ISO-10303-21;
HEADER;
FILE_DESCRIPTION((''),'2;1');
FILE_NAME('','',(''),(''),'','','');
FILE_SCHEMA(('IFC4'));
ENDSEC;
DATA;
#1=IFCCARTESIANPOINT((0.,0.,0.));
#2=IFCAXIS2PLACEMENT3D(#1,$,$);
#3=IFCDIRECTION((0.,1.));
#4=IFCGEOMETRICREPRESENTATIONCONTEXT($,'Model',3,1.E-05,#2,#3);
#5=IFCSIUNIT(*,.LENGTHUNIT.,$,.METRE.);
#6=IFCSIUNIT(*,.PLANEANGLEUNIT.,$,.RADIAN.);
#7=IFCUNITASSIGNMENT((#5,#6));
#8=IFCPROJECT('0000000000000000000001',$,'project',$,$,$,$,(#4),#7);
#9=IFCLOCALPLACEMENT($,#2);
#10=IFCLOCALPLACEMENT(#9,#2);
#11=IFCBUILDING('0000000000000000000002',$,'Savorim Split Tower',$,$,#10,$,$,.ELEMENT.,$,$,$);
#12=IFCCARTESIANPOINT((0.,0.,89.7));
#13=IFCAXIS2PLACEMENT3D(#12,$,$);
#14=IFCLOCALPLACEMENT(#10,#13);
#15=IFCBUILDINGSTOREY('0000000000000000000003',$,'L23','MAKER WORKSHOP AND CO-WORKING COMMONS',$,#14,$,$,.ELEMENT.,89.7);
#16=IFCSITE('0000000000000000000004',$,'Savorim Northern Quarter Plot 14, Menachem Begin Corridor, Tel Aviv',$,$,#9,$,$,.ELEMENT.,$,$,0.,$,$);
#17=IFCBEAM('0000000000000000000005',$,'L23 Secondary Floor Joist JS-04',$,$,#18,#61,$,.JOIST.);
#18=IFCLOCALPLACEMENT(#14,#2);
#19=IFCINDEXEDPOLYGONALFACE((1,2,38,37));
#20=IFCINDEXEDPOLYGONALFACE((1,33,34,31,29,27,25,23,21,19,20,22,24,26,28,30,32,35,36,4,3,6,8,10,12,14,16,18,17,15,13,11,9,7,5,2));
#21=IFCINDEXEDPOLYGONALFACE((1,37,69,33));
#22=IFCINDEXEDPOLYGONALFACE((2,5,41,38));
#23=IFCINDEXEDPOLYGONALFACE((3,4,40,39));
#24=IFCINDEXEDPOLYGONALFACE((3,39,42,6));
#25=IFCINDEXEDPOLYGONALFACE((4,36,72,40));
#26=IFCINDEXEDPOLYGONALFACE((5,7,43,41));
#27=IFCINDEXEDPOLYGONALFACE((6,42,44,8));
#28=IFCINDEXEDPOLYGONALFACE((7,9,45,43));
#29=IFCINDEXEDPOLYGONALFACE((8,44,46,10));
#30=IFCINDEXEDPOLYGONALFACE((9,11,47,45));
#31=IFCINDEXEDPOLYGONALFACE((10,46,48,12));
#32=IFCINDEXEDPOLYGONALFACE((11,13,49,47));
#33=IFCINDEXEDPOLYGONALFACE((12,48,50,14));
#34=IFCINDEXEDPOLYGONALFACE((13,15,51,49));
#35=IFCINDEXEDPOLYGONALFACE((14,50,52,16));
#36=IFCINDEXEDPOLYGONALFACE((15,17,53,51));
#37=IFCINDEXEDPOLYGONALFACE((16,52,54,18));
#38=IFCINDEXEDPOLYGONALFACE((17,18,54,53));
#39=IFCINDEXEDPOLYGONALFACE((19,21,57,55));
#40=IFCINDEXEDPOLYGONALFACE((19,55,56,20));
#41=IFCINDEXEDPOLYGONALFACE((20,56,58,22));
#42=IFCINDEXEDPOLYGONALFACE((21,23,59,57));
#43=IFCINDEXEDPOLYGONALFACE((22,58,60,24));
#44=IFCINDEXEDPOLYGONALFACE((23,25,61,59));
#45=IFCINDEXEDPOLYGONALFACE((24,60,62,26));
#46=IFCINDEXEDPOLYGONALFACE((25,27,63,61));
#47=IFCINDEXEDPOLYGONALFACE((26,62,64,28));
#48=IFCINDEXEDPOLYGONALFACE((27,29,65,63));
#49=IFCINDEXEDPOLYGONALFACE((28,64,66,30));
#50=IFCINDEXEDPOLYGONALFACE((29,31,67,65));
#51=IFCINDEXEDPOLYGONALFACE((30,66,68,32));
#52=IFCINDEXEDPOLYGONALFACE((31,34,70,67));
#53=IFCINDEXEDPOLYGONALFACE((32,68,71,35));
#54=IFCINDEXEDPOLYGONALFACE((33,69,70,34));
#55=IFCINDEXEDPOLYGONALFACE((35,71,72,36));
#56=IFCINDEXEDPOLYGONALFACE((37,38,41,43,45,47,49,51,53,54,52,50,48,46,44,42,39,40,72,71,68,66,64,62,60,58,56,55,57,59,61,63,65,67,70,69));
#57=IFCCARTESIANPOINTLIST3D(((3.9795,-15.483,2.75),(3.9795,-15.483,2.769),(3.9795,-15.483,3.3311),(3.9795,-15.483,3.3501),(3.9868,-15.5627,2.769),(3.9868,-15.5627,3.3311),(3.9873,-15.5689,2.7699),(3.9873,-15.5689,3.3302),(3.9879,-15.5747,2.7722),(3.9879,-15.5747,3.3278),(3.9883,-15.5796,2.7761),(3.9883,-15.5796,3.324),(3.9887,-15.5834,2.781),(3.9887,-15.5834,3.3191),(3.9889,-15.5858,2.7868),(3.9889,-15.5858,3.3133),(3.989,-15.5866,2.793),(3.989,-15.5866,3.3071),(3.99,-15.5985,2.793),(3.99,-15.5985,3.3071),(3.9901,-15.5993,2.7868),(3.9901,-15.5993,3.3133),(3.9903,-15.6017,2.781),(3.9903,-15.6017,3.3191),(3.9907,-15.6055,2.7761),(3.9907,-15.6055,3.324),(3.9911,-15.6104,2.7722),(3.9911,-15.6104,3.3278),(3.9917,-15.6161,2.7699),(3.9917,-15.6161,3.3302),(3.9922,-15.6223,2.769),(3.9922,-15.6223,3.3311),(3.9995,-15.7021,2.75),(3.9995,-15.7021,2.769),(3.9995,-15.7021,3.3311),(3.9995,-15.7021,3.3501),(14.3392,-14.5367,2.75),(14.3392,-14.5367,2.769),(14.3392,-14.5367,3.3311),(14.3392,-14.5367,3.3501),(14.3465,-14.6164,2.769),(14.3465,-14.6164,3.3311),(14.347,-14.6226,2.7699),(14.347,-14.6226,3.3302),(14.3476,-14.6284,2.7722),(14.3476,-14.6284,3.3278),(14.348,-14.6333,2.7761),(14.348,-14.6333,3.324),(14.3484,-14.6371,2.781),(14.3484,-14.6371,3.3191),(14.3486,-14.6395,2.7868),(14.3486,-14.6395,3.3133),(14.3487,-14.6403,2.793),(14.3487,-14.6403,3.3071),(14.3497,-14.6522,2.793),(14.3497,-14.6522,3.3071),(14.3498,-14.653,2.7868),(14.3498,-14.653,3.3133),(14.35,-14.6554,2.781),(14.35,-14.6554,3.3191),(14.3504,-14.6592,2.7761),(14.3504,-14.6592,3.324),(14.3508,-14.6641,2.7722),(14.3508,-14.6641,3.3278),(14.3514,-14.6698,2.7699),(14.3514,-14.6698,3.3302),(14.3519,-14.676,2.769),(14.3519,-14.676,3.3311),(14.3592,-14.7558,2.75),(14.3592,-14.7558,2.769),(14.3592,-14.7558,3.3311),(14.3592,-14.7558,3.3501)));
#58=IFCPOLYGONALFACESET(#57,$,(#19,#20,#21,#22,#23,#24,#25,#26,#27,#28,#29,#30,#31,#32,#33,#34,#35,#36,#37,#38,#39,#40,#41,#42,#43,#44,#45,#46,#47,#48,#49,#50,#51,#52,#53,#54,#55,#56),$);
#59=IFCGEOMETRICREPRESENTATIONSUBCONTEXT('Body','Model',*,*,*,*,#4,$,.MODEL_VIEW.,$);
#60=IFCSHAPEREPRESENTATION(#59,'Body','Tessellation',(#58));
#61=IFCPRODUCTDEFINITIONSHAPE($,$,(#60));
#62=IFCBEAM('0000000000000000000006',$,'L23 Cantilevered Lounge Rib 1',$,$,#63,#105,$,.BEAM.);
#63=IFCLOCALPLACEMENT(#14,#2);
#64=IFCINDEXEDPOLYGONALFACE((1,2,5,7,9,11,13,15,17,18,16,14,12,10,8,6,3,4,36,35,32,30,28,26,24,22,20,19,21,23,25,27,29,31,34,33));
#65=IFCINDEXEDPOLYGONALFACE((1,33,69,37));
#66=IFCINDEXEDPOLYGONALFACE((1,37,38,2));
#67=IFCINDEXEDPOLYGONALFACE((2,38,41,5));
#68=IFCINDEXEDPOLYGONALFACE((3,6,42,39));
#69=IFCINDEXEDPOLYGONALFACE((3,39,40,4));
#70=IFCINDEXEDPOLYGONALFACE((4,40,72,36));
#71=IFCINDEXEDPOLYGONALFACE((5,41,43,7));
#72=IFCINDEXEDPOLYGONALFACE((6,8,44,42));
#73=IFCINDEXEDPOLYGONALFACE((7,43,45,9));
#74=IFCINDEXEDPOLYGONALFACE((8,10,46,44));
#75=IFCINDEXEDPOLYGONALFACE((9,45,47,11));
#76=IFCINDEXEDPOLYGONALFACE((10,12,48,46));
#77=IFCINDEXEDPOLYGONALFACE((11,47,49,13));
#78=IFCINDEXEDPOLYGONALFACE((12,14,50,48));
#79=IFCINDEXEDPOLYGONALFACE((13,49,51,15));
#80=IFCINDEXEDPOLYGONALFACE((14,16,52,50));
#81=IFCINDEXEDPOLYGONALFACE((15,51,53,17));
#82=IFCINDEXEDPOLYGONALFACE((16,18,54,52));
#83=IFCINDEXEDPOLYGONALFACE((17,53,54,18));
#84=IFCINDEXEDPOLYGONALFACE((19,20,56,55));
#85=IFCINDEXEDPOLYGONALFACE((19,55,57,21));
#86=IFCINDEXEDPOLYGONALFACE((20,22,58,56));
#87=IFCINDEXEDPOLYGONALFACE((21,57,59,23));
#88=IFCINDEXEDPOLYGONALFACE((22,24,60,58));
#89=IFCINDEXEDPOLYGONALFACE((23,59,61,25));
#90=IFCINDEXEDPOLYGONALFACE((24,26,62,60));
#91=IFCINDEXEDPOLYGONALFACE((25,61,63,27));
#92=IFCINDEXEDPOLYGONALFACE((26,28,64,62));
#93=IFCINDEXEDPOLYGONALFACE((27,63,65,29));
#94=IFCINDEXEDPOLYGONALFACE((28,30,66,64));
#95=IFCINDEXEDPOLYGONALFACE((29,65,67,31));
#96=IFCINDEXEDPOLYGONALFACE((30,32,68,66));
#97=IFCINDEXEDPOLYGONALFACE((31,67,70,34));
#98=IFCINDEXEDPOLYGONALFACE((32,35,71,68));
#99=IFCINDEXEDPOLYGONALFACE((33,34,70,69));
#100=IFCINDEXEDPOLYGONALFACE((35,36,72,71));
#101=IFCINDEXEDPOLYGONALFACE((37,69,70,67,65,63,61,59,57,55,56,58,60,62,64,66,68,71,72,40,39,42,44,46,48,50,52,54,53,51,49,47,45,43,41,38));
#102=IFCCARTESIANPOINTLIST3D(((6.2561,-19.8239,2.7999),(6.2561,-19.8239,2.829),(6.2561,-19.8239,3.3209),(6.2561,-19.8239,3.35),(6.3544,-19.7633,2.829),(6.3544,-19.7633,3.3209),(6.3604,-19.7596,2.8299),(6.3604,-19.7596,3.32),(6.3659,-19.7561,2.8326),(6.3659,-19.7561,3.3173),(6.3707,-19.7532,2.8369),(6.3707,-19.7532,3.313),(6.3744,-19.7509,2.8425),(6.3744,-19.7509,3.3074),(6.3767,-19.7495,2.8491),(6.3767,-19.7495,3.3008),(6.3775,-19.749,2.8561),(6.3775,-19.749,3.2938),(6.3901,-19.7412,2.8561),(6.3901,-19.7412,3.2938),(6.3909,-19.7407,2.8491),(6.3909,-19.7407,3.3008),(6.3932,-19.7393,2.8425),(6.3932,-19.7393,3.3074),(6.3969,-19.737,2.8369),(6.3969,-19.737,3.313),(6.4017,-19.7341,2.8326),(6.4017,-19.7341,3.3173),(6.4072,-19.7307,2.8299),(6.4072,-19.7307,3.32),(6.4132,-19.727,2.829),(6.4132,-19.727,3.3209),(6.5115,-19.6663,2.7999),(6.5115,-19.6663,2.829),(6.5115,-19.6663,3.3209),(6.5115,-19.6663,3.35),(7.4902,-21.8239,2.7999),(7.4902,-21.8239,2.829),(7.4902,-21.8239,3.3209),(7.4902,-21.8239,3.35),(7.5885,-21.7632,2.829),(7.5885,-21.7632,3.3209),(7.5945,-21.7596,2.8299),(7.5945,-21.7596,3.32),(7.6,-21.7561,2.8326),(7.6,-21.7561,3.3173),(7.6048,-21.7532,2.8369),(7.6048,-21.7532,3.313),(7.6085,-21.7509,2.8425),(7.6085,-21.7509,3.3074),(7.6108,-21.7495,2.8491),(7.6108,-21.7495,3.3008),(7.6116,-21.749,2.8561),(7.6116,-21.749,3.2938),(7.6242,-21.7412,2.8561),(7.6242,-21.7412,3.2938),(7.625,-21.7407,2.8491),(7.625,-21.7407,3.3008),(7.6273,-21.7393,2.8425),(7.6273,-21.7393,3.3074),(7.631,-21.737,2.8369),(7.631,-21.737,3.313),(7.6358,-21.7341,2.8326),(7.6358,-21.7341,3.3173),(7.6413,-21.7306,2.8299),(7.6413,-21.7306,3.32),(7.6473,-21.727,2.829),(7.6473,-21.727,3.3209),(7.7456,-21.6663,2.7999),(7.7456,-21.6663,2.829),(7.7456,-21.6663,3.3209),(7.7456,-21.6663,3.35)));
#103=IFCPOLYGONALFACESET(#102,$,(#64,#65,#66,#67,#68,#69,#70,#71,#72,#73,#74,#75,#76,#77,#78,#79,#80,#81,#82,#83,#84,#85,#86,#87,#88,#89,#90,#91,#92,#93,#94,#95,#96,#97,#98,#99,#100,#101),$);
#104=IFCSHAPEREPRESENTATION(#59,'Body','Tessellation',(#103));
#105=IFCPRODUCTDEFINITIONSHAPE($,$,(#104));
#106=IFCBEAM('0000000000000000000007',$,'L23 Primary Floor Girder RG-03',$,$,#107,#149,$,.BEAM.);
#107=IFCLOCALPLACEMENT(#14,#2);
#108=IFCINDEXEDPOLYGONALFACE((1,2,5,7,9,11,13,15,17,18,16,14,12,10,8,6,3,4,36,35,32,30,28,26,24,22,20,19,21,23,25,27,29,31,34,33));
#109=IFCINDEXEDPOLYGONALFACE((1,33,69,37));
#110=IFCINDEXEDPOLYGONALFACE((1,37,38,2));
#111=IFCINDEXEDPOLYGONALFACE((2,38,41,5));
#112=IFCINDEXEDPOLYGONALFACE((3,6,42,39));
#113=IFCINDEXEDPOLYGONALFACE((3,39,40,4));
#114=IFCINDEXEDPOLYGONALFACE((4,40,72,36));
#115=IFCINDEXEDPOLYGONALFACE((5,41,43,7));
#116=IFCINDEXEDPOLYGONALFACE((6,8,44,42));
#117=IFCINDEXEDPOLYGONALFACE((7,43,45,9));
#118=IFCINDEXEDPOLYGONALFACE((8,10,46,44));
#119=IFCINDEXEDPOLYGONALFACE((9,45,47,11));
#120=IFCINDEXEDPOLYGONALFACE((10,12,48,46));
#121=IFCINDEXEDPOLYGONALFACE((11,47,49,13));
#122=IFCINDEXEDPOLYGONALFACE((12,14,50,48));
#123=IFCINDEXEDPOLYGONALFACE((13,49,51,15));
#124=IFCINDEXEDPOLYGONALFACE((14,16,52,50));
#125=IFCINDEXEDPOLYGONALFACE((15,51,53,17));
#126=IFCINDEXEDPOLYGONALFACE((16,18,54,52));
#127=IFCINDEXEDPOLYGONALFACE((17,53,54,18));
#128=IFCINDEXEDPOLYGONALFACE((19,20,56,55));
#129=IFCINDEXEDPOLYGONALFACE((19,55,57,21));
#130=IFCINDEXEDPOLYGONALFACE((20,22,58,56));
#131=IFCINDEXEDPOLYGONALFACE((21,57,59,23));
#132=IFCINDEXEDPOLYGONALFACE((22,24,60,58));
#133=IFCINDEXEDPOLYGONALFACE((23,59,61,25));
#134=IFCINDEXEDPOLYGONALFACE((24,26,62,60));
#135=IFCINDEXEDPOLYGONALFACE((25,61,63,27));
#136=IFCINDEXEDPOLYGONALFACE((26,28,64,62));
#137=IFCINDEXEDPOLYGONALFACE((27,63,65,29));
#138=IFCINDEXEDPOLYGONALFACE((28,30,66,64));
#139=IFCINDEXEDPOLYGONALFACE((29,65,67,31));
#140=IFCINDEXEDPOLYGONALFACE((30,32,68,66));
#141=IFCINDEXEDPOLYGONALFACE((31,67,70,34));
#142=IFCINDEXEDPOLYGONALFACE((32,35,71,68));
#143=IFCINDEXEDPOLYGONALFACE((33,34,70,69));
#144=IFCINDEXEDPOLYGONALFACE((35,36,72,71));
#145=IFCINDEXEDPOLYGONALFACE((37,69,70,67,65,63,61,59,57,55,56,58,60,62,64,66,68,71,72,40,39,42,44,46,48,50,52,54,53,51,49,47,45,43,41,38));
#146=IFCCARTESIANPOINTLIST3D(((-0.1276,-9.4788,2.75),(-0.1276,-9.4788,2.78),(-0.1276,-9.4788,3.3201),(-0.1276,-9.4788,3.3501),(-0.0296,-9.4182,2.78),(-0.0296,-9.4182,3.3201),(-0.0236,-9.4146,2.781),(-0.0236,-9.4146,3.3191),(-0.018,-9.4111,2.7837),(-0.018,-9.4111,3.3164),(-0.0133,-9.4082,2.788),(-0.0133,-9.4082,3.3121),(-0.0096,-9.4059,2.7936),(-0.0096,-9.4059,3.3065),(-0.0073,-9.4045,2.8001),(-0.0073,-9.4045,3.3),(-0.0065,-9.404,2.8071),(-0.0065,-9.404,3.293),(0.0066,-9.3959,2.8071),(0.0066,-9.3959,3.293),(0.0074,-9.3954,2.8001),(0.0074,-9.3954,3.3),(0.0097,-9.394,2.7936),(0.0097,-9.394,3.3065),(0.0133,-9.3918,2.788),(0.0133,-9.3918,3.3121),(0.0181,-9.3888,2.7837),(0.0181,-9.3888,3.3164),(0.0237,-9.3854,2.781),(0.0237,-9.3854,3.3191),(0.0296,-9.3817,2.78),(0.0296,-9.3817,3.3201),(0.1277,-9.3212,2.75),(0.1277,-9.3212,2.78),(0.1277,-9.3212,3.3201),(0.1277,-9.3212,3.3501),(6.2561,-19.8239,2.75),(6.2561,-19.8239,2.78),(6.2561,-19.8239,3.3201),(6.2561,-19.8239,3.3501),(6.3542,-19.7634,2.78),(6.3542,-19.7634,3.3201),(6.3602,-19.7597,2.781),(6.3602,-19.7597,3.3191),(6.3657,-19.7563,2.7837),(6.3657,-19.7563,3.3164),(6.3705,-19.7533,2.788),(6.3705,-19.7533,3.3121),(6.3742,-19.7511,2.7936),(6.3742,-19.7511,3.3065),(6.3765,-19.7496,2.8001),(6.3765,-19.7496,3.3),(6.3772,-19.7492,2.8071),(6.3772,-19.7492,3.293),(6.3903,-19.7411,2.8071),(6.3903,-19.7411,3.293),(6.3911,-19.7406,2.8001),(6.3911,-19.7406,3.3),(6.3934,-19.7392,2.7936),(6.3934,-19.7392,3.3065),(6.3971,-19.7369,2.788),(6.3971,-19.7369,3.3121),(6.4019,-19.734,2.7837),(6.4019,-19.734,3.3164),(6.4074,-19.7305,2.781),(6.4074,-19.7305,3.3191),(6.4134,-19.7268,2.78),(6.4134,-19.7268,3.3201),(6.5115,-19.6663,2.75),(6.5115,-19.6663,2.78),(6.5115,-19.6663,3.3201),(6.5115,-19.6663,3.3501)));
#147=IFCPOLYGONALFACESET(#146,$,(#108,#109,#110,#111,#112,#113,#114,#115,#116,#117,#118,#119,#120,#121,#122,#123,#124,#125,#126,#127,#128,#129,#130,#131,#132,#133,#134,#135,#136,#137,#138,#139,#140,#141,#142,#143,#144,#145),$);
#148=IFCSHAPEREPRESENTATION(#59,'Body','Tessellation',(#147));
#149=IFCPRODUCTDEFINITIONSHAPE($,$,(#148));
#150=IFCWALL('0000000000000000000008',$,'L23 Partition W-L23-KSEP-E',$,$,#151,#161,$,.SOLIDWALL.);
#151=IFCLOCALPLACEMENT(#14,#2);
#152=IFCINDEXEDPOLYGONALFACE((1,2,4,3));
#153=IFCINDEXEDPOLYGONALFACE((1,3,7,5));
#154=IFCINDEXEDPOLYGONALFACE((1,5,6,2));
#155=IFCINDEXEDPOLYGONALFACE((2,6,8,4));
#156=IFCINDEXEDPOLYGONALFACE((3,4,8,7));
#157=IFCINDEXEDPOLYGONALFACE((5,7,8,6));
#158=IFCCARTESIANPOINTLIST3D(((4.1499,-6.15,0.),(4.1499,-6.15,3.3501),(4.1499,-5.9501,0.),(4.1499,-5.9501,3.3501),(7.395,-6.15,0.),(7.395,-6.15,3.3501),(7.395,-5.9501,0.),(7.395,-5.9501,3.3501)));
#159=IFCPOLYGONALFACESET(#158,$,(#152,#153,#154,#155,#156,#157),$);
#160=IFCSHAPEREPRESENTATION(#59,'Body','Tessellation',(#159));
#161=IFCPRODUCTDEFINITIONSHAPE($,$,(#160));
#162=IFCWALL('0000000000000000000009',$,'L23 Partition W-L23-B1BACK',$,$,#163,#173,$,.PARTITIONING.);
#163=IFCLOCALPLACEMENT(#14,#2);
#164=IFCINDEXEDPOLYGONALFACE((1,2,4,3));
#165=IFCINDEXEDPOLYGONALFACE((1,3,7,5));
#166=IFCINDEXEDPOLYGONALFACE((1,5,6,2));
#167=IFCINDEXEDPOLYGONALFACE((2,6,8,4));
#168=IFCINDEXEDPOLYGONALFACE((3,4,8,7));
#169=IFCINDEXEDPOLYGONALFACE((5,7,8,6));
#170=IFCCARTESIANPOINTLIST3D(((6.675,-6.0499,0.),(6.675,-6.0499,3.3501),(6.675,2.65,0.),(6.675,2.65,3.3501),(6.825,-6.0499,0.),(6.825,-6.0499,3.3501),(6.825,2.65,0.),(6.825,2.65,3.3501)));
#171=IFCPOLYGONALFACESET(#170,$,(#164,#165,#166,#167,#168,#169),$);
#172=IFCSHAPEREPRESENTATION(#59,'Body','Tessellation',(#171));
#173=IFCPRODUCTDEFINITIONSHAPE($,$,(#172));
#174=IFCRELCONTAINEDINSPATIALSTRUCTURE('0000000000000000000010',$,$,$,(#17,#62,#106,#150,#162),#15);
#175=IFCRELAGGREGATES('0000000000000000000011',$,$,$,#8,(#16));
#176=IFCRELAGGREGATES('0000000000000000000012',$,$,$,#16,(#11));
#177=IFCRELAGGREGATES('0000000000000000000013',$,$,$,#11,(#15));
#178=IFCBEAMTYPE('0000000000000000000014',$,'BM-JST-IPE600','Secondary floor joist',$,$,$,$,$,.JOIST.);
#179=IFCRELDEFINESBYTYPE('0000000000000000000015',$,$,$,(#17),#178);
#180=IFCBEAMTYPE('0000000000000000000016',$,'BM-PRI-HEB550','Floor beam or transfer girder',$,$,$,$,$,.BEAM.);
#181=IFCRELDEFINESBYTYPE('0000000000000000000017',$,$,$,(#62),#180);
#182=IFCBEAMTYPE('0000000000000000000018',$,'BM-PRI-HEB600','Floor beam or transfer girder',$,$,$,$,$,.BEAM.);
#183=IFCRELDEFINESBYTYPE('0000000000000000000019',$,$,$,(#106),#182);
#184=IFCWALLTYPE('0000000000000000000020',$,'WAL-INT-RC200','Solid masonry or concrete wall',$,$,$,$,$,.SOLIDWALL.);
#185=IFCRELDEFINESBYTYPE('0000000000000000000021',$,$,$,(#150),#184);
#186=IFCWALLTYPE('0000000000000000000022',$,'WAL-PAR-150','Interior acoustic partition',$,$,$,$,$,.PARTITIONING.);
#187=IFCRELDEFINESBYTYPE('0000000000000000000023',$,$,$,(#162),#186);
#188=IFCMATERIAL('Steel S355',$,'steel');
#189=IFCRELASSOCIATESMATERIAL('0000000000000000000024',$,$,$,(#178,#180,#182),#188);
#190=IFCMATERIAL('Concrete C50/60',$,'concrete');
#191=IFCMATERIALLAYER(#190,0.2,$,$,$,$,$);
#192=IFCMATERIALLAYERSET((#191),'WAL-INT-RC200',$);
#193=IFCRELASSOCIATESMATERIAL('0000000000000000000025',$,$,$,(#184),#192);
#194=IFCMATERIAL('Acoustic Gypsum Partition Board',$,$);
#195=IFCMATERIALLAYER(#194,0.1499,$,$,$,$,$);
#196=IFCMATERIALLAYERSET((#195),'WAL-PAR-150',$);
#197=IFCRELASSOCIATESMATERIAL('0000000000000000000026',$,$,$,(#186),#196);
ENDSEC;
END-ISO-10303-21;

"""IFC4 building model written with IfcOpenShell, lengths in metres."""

from ifc_helpers import new_model, si_unit, direction, frame, frame_2d, origin, origin_2d, place, context, subcontext, project, spatial, rectangle, i_section, extrude, material, layer, layer_set, material_profile, profile_set, type_object, element, save


model = new_model("IFC4")

# Units and contexts
model_context = context("Model", 3, precision=1e-05, world=origin(), true_north=direction((0.0, 1.0)))
body_context = subcontext(model_context, "Body", "Model", "MODEL_VIEW")
ifc_project = project(units=[si_unit("LENGTHUNIT", "METRE"), si_unit("PLANEANGLEUNIT", "RADIAN")], contexts=[model_context])

# Site, building, storey
site_placement = place(None, origin())
site = spatial("IfcSite", under=ifc_project, at=site_placement, Name="Savorim Northern Quarter Plot 14, Menachem Begin Corridor, Tel Aviv", CompositionType="ELEMENT", RefElevation=0.0)
building_placement = place(site_placement, origin())
building = spatial("IfcBuilding", under=site, at=building_placement, Name="Savorim Split Tower", CompositionType="ELEMENT")
storey_placement = place(building_placement, frame((0.0, 0.0, 89.7)))
storey = spatial("IfcBuildingStorey", under=building, at=storey_placement, Name="L23", Description="MAKER WORKSHOP AND CO-WORKING COMMONS", CompositionType="ELEMENT", Elevation=89.7)

# Beams
ifc_material_1 = material(Name="Steel S355", Category="steel")
ifc_material_profile_1 = material_profile(ifc_material_1, i_section(OverallWidth=0.22, OverallDepth=0.6001, WebThickness=0.012, FlangeThickness=0.019, FilletRadius=0.0239, at=origin_2d()), Name="IPE 600")
ifc_profile_set_1 = profile_set([ifc_material_profile_1], Name="Steel S355")
beam_type_1 = type_object("IfcBeamType", Name="BM-JST-IPE600", Description="Secondary floor joist", PredefinedType="JOIST", material=ifc_profile_set_1)
beam_1_placement = place(storey_placement, frame((3.9895, -15.5925, 3.05), z_axis=(0.995854, 0.090965, 0.0), x_axis=(-0.090965, 0.995854, 0.0)))
element("IfcBeam", 1, at=beam_1_placement, inside=storey, type_object=beam_type_1, Name="L23 Secondary Floor Joist JS-04", PredefinedType="JOIST", context=body_context, shape_type="SweptSolid", body=[
    extrude(i_section(OverallWidth=0.22, OverallDepth=0.6001, WebThickness=0.012, FlangeThickness=0.019, FilletRadius=0.0239, at=origin_2d()), origin(), (0.0, 0.0, 1.0), 10.4028),
])
ifc_material_profile_2 = material_profile(ifc_material_1, i_section(OverallWidth=0.3, OverallDepth=0.55, WebThickness=0.0149, FlangeThickness=0.0291, FilletRadius=0.0271, at=origin_2d()), Name="HEB 550")
ifc_profile_set_2 = profile_set([ifc_material_profile_2], Name="Steel S355")
beam_type_2 = type_object("IfcBeamType", Name="BM-PRI-HEB550", Description="Floor beam or transfer girder", PredefinedType="BEAM", material=ifc_profile_set_2)
beam_2_placement = place(storey_placement, frame((6.3838, -19.7451, 3.075), z_axis=(0.525135, -0.851019, 0.0), x_axis=(0.851019, 0.525135, 0.0)))
element("IfcBeam", 2, at=beam_2_placement, inside=storey, type_object=beam_type_2, Name="L23 Cantilevered Lounge Rib 1", PredefinedType="BEAM", context=body_context, shape_type="SweptSolid", body=[
    extrude(i_section(OverallWidth=0.3, OverallDepth=0.55, WebThickness=0.0149, FlangeThickness=0.0291, FilletRadius=0.0271, at=origin_2d()), origin(), (0.0, 0.0, 1.0), 2.3501),
])
ifc_material_profile_3 = material_profile(ifc_material_1, i_section(OverallWidth=0.3, OverallDepth=0.6001, WebThickness=0.0154, FlangeThickness=0.03, FilletRadius=0.0271, at=origin_2d()), Name="HEB 600")
ifc_profile_set_3 = profile_set([ifc_material_profile_3], Name="Steel S355")
beam_type_3 = type_object("IfcBeamType", Name="BM-PRI-HEB600", Description="Floor beam or transfer girder", PredefinedType="BEAM", material=ifc_profile_set_3)
beam_3_placement = place(storey_placement, frame((6.3838, -19.7451, 3.05), z_axis=(-0.525141, 0.851015, 0.0), x_axis=(-0.851015, -0.525141, 0.0)))
element("IfcBeam", 3, at=beam_3_placement, inside=storey, type_object=beam_type_3, Name="L23 Primary Floor Girder RG-03", PredefinedType="BEAM", context=body_context, shape_type="SweptSolid", body=[
    extrude(i_section(OverallWidth=0.3, OverallDepth=0.6001, WebThickness=0.0154, FlangeThickness=0.03, FilletRadius=0.0271, at=origin_2d()), origin(), (0.0, 0.0, 1.0), 12.1562),
])

# Shared definitions
ifc_material_2 = material(Name="Concrete C50/60", Category="concrete")
ifc_layer_1 = layer(ifc_material_2, 0.2)
ifc_layer_set_1 = layer_set([ifc_layer_1], Name="WAL-INT-RC200")
wall_type_1 = type_object("IfcWallType", Name="WAL-INT-RC200", Description="Solid masonry or concrete wall", PredefinedType="SOLIDWALL", material=ifc_layer_set_1)

# Walls
wall_1_placement = place(storey_placement, frame((4.1499, -6.05, 0.0), z_axis=(0.0, 0.0, 1.0), x_axis=(1.0, 0.0, 0.0)))
element("IfcWall", 4, at=wall_1_placement, inside=storey, type_object=wall_type_1, Name="L23 Partition W-L23-KSEP-E", PredefinedType="SOLIDWALL", context=body_context, shape_type="SweptSolid", body=[
    extrude(rectangle(XDim=3.2451, YDim=0.2, at=frame_2d((1.6226, 0.0))), origin(), (0.0, 0.0, 1.0), 3.3501),
])
ifc_material_3 = material(Name="Acoustic Gypsum Partition Board")
ifc_layer_2 = layer(ifc_material_3, 0.1499)
ifc_layer_set_2 = layer_set([ifc_layer_2], Name="WAL-PAR-150")
wall_type_2 = type_object("IfcWallType", Name="WAL-PAR-150", Description="Interior acoustic partition", PredefinedType="PARTITIONING", material=ifc_layer_set_2)
wall_2_placement = place(storey_placement, frame((6.75, -6.05, 0.0), z_axis=(0.0, 0.0, 1.0), x_axis=(0.0, 1.0, 0.0)))
element("IfcWall", 5, at=wall_2_placement, inside=storey, type_object=wall_type_2, Name="L23 Partition W-L23-B1BACK", PredefinedType="PARTITIONING", context=body_context, shape_type="SweptSolid", body=[
    extrude(rectangle(XDim=8.7, YDim=0.1499, at=frame_2d((4.3501, 0.0))), origin(), (0.0, 0.0, 1.0), 3.3501),
])

save(model, "model.ifc")
